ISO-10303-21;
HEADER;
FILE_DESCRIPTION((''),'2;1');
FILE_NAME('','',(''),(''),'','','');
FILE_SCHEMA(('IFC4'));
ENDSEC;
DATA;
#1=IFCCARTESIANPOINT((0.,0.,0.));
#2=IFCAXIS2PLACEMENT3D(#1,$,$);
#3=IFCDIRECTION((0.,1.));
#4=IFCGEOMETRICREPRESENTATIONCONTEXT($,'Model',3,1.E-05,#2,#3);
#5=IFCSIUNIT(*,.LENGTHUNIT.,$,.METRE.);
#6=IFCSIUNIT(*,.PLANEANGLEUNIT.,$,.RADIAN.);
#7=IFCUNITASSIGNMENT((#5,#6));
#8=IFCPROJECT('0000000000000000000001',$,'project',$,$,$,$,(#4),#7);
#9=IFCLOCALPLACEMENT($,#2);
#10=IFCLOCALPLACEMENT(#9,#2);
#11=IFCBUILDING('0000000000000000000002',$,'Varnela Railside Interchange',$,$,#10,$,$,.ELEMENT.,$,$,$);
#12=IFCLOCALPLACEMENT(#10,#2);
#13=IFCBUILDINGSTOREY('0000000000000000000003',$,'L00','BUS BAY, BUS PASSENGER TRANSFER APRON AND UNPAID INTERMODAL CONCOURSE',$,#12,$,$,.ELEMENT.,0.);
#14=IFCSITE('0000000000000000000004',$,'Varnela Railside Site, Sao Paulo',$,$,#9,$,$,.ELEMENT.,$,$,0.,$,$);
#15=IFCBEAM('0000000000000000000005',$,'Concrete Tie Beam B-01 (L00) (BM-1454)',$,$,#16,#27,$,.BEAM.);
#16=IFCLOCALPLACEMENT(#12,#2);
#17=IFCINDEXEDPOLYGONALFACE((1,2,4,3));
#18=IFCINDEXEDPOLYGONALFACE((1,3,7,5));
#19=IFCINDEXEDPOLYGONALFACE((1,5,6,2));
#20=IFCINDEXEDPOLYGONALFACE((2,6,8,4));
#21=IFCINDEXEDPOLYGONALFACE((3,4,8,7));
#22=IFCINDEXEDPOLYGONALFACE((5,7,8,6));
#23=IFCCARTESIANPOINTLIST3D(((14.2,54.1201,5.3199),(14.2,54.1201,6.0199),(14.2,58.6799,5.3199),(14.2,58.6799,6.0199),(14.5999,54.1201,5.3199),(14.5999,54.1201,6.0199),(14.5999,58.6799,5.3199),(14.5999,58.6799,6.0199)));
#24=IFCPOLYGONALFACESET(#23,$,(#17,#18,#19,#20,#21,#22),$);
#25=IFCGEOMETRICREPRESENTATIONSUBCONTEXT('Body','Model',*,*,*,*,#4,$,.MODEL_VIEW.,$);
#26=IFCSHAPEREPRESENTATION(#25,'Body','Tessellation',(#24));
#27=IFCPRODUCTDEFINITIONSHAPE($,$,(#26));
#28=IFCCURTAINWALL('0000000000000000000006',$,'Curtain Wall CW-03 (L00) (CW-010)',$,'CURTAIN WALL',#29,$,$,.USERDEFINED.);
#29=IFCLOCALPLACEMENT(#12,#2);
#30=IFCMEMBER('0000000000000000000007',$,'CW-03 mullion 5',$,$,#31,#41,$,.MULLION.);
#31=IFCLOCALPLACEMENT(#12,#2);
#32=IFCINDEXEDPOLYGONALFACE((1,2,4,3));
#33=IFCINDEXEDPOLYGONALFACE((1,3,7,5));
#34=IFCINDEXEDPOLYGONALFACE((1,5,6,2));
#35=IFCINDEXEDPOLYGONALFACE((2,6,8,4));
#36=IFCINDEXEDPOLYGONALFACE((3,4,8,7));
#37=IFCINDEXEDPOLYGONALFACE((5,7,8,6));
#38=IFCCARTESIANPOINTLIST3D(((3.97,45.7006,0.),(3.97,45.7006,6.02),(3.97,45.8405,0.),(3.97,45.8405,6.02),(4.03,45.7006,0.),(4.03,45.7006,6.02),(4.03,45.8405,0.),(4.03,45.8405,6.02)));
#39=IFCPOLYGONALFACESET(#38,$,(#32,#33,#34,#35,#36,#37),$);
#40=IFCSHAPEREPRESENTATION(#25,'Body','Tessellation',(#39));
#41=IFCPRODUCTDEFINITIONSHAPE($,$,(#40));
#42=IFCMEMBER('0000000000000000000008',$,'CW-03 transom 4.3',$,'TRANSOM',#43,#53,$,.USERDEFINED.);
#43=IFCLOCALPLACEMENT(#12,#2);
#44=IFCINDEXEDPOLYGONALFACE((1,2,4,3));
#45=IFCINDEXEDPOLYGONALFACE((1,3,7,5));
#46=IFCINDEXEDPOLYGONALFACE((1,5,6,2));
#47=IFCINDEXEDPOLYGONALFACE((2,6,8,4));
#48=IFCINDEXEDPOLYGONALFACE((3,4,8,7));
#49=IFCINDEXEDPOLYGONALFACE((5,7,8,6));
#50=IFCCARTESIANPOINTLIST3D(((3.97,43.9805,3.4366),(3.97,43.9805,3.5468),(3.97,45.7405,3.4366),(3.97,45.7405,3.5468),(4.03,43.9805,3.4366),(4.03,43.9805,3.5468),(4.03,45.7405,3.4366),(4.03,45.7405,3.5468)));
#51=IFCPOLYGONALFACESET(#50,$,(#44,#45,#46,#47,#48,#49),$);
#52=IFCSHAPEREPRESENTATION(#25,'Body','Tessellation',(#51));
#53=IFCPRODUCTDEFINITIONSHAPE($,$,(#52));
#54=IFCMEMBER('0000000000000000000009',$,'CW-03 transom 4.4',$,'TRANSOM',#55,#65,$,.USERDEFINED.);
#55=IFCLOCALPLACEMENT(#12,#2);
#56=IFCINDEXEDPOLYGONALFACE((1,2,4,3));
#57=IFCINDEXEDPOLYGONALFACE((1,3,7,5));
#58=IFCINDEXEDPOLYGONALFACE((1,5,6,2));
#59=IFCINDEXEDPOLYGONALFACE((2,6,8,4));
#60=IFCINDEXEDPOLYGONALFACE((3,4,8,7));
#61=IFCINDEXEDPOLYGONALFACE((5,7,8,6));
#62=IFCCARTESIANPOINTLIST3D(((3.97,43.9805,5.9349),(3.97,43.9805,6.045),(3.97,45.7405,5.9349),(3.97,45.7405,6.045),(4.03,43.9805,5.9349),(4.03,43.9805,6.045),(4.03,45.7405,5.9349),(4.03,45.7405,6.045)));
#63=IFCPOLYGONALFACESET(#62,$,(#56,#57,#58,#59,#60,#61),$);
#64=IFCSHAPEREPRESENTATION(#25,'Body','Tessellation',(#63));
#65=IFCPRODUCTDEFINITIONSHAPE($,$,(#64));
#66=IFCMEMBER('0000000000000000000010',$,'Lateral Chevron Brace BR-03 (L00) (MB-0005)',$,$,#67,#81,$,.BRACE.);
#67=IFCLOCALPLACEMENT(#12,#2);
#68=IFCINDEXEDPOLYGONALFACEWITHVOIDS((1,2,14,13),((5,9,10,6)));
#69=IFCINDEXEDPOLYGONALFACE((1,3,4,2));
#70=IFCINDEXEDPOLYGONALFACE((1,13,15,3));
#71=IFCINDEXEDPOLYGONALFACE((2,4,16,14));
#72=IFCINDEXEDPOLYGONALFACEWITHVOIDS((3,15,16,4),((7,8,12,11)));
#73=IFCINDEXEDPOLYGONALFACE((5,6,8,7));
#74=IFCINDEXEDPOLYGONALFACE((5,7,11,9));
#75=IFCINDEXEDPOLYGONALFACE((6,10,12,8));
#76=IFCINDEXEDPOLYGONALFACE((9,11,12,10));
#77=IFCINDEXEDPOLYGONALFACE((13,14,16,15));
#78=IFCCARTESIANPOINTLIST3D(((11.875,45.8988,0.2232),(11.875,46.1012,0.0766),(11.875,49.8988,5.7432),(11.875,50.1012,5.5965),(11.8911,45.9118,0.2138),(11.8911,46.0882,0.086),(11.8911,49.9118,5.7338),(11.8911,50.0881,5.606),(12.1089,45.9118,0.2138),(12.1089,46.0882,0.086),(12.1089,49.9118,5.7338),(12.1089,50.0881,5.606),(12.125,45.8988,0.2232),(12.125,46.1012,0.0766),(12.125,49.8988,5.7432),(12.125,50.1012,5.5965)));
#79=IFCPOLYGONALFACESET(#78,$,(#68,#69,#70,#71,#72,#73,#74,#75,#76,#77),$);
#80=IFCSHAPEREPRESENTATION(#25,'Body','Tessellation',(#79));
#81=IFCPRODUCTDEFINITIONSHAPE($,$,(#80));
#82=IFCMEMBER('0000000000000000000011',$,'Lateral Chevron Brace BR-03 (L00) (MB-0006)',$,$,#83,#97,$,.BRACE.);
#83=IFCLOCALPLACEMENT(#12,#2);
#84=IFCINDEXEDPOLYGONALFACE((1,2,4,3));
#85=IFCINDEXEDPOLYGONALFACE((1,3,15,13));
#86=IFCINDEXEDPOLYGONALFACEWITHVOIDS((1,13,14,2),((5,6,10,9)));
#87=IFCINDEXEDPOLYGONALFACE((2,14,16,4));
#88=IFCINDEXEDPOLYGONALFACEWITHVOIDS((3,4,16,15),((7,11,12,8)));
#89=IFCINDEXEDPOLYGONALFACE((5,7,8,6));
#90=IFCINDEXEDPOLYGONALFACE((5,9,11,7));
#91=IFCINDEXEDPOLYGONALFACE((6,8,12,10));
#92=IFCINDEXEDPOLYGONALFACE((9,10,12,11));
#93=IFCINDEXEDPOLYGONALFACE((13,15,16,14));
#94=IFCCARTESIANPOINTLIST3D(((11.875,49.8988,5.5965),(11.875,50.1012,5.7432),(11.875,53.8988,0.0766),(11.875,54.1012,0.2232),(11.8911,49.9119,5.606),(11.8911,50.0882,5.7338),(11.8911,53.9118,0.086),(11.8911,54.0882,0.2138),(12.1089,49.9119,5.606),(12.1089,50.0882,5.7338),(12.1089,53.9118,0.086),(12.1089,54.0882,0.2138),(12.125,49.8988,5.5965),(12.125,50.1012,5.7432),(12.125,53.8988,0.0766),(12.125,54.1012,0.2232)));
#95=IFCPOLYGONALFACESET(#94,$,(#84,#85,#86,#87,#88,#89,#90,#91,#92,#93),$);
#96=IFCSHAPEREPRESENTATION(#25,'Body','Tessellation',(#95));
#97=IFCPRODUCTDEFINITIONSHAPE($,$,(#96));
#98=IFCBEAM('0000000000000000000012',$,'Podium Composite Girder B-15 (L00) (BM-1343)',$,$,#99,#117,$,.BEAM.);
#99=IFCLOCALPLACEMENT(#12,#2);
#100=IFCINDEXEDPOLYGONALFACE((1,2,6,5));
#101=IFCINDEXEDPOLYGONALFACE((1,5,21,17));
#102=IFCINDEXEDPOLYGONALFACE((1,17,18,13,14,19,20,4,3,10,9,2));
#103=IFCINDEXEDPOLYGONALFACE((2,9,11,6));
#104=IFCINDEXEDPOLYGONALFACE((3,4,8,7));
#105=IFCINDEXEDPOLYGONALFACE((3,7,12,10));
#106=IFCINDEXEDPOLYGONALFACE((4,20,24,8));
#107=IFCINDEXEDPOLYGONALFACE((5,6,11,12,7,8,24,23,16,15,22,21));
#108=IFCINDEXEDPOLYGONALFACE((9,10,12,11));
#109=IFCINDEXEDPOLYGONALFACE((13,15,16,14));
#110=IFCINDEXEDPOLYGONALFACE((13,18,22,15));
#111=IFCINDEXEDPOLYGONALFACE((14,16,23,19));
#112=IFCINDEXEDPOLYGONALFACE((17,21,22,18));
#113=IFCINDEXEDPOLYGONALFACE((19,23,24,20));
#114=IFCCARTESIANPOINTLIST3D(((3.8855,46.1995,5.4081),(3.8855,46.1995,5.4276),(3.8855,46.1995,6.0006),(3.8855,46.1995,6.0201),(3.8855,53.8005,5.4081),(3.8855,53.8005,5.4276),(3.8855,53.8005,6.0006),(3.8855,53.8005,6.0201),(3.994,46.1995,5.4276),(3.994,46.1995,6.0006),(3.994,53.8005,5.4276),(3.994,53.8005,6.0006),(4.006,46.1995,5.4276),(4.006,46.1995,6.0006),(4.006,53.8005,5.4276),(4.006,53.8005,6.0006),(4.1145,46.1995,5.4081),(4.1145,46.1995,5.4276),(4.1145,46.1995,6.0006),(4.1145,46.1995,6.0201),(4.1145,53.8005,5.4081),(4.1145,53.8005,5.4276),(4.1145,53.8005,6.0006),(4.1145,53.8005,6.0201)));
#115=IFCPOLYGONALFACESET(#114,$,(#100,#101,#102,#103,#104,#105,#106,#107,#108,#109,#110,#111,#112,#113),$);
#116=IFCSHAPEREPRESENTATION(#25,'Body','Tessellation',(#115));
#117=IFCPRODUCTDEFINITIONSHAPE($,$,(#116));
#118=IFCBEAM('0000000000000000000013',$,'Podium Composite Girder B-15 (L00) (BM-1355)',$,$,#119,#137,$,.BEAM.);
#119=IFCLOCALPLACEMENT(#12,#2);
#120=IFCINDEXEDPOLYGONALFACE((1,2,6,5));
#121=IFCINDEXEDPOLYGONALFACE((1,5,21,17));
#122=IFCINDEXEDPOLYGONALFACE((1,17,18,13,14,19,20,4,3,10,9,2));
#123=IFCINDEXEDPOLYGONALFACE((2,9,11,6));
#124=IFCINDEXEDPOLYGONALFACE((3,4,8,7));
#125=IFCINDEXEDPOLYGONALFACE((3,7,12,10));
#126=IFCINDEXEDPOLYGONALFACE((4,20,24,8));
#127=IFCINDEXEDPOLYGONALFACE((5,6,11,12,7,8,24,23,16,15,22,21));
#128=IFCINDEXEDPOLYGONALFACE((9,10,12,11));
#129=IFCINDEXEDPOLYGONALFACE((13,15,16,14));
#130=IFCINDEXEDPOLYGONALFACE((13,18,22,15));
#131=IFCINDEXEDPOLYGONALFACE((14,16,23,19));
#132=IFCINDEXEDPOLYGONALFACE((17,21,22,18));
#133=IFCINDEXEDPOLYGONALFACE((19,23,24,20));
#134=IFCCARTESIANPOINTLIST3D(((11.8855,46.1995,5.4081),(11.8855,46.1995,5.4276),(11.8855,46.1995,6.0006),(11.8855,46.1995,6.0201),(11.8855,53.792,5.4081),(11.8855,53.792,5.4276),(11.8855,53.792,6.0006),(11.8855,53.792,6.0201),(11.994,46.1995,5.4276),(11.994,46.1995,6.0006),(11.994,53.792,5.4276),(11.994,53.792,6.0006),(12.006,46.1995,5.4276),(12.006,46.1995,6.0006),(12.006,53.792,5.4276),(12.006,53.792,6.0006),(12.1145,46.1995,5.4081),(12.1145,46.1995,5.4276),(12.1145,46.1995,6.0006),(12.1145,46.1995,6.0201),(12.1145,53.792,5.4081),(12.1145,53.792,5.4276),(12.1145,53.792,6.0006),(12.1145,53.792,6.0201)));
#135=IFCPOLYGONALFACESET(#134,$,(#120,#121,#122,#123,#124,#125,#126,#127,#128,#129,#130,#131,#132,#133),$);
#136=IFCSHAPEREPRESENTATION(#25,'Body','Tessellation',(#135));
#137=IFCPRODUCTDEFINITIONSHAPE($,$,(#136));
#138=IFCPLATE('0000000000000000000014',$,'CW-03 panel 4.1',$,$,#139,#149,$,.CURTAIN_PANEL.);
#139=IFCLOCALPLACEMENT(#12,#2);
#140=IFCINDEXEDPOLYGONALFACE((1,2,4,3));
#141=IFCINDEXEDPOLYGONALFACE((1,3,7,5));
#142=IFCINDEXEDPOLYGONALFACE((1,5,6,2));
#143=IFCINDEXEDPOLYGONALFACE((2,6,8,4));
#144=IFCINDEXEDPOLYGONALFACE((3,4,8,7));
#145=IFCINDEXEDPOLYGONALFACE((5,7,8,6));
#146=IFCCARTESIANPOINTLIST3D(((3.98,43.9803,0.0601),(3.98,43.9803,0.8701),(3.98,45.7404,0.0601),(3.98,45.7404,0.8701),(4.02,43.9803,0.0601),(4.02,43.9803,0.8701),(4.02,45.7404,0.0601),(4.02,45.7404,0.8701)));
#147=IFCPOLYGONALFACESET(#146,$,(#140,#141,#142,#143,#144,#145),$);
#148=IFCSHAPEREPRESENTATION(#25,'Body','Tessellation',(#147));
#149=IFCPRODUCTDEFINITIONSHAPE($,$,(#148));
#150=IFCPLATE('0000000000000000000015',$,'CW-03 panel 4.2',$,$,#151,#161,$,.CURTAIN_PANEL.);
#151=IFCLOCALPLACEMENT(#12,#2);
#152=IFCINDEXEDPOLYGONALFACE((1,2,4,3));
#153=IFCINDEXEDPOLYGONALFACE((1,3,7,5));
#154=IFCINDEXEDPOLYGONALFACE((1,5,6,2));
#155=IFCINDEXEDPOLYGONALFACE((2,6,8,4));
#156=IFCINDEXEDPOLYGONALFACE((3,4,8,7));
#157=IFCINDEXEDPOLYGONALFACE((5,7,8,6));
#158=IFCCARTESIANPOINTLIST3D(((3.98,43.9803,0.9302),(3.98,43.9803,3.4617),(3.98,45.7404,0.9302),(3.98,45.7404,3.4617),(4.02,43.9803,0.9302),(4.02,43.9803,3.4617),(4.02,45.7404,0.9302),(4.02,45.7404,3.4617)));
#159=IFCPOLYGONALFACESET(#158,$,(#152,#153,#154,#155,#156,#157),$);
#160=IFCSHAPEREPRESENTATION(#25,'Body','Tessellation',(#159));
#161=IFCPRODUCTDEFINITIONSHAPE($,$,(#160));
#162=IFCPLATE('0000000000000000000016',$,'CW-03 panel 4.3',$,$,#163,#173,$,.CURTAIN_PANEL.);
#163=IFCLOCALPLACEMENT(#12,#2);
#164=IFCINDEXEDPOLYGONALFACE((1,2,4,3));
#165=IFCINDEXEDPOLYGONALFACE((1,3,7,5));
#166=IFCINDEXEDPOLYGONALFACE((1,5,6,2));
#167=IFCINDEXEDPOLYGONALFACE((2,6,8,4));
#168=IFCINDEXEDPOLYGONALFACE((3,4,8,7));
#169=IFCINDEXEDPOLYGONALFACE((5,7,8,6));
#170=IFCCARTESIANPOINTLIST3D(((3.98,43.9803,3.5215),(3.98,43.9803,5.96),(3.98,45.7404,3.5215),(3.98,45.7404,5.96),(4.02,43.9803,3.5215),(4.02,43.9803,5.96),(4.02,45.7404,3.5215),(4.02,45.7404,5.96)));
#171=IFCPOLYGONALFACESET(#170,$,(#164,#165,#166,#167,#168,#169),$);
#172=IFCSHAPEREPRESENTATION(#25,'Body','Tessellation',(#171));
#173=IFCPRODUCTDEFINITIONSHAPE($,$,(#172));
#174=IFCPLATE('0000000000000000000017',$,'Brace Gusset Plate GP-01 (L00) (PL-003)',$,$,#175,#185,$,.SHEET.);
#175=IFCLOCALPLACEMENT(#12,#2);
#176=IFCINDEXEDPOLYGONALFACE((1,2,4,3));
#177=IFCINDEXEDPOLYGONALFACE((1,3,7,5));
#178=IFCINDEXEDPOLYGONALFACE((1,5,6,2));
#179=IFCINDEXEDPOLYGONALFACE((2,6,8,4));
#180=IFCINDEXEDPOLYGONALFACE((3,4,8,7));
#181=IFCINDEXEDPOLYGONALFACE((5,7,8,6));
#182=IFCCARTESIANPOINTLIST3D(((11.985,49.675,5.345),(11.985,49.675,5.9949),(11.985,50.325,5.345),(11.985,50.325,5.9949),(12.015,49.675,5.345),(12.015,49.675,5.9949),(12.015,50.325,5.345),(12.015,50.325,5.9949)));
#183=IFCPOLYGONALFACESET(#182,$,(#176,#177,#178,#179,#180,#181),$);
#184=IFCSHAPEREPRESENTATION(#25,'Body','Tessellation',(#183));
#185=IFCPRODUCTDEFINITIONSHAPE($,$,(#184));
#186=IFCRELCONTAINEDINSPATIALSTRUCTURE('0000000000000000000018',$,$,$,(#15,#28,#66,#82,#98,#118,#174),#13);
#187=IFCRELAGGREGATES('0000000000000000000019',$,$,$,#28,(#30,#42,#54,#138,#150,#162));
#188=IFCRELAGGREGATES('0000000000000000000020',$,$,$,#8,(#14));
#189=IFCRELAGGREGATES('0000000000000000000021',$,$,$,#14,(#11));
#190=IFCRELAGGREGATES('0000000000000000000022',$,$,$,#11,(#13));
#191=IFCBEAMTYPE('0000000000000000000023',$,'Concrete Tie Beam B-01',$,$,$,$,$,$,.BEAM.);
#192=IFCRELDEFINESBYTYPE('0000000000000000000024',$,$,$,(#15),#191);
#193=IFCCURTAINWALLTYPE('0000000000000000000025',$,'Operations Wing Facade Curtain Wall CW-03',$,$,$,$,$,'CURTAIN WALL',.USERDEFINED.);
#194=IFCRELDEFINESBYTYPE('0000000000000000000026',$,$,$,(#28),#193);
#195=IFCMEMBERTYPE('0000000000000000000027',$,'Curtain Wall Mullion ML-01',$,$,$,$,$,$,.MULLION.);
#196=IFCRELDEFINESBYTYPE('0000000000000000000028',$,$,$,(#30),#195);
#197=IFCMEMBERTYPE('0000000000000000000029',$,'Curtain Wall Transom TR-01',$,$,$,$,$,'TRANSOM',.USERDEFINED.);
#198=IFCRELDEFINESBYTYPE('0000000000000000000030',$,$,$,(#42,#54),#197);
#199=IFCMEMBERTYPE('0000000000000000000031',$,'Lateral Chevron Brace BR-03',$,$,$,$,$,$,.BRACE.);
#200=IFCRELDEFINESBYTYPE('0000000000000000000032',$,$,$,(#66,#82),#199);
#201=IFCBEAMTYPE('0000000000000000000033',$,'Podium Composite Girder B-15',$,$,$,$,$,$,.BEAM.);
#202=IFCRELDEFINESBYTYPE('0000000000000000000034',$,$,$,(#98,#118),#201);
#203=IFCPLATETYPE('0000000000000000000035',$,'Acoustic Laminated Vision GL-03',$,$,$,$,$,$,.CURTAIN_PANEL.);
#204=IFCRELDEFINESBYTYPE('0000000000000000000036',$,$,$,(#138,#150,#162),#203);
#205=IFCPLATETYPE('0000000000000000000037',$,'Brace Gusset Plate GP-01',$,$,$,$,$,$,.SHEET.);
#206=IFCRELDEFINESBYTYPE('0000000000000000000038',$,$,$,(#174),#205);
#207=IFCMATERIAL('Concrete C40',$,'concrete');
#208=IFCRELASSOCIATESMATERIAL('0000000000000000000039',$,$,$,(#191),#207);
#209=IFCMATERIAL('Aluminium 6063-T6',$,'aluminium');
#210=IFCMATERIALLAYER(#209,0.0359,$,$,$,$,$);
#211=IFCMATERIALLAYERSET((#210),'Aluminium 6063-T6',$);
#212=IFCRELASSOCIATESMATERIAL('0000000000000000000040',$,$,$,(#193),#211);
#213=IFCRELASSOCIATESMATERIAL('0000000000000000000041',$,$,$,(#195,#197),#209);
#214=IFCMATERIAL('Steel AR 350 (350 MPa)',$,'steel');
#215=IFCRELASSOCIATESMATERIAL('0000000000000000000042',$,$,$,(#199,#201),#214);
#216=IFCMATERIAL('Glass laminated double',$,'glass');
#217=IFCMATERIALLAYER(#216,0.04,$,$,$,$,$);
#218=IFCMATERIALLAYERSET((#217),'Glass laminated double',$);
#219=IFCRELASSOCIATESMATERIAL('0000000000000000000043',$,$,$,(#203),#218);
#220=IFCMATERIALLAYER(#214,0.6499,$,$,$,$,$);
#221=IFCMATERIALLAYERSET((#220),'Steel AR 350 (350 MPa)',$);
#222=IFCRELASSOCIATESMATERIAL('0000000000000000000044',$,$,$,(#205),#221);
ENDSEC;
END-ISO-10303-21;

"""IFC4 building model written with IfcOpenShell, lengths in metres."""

from ifc_helpers import new_model, si_unit, direction, frame, origin, origin_2d, place, context, subcontext, project, spatial, rectangle, hollow_rectangle, i_section, extrude, material, layer, layer_set, material_profile, profile_set, type_object, element, aggregate, save


model = new_model("IFC4")

# Units and contexts
model_context = context("Model", 3, precision=1e-05, world=origin(), true_north=direction((0.0, 1.0)))
body_context = subcontext(model_context, "Body", "Model", "MODEL_VIEW")
ifc_project = project(units=[si_unit("LENGTHUNIT", "METRE"), si_unit("PLANEANGLEUNIT", "RADIAN")], contexts=[model_context])

# Site, building, storey
site_placement = place(None, origin())
site = spatial("IfcSite", under=ifc_project, at=site_placement, Name="Varnela Railside Site, Sao Paulo", CompositionType="ELEMENT", RefElevation=0.0)
building_placement = place(site_placement, origin())
building = spatial("IfcBuilding", under=site, at=building_placement, Name="Varnela Railside Interchange", CompositionType="ELEMENT")
storey_placement = place(building_placement, origin())
storey = spatial("IfcBuildingStorey", under=building, at=storey_placement, Name="L00", Description="BUS BAY, BUS PASSENGER TRANSFER APRON AND UNPAID INTERMODAL CONCOURSE", CompositionType="ELEMENT", Elevation=0.0)

# Shared definitions
ifc_material_1 = material(Name="Steel AR 350 (350 MPa)", Category="steel")

# Beam
ifc_material_2 = material(Name="Concrete C40", Category="concrete")
ifc_material_profile_1 = material_profile(ifc_material_2, rectangle(XDim=0.3999, YDim=0.7, at=origin_2d()), Name="RC 400x700")
ifc_profile_set_1 = profile_set([ifc_material_profile_1], Name="Concrete C40")
beam_type_1 = type_object("IfcBeamType", Name="Concrete Tie Beam B-01", PredefinedType="BEAM", material=ifc_profile_set_1)
beam_1_placement = place(storey_placement, frame((14.3999, 54.1201, 5.6699), z_axis=(0.0, 1.0, 0.0), x_axis=(-1.0, 0.0, 0.0)))
element("IfcBeam", 1, at=beam_1_placement, inside=storey, type_object=beam_type_1, Name="Concrete Tie Beam B-01 (L00) (BM-1454)", PredefinedType="BEAM", context=body_context, shape_type="SweptSolid", body=[
    extrude(rectangle(XDim=0.3999, YDim=0.7, at=origin_2d()), origin(), (0.0, 0.0, 1.0), 4.5598),
])

# Curtain wall, members
ifc_material_3 = material(Name="Aluminium 6063-T6", Category="aluminium")
ifc_layer_1 = layer(ifc_material_3, 0.0359)
ifc_layer_set_1 = layer_set([ifc_layer_1], Name="Aluminium 6063-T6")
curtain_wall_type = type_object("IfcCurtainWallType", Name="Operations Wing Facade Curtain Wall CW-03", ElementType="CURTAIN WALL", PredefinedType="USERDEFINED", material=ifc_layer_set_1)
curtain_wall_placement = place(storey_placement, origin())
curtain_wall = element("IfcCurtainWall", 2, at=curtain_wall_placement, inside=storey, type_object=curtain_wall_type, Name="Curtain Wall CW-03 (L00) (CW-010)", ObjectType="CURTAIN WALL", PredefinedType="USERDEFINED")
ifc_material_profile_2 = material_profile(ifc_material_3, rectangle(XDim=0.0601, YDim=0.1399, at=origin_2d()), Name="ALU 60x140")
ifc_profile_set_2 = profile_set([ifc_material_profile_2], Name="Aluminium 6063-T6")
member_type_1 = type_object("IfcMemberType", Name="Curtain Wall Mullion ML-01", PredefinedType="MULLION", material=ifc_profile_set_2)
member_1_placement = place(storey_placement, frame((4.0, 45.7705, 0.0), z_axis=(0.0, 0.0, 1.0), x_axis=(-1.0, 0.0, 0.0)))
member_1 = element("IfcMember", 3, at=member_1_placement, type_object=member_type_1, Name="CW-03 mullion 5", PredefinedType="MULLION", context=body_context, shape_type="SweptSolid", body=[
    extrude(rectangle(XDim=0.0601, YDim=0.1399, at=origin_2d()), origin(), (0.0, 0.0, 1.0), 6.02),
])
ifc_material_profile_3 = material_profile(ifc_material_3, rectangle(XDim=0.0601, YDim=0.1101, at=origin_2d()), Name="ALU 60x110")
ifc_profile_set_3 = profile_set([ifc_material_profile_3], Name="Aluminium 6063-T6")
member_type_2 = type_object("IfcMemberType", Name="Curtain Wall Transom TR-01", ElementType="TRANSOM", PredefinedType="USERDEFINED", material=ifc_profile_set_3)
member_2_placement = place(storey_placement, frame((4.0, 43.9805, 3.4917), z_axis=(0.0, 1.0, 0.0), x_axis=(-1.0, 0.0, 0.0)))
member_2 = element("IfcMember", 4, at=member_2_placement, type_object=member_type_2, Name="CW-03 transom 4.3", ObjectType="TRANSOM", PredefinedType="USERDEFINED", context=body_context, shape_type="SweptSolid", body=[
    extrude(rectangle(XDim=0.0601, YDim=0.1101, at=origin_2d()), origin(), (0.0, 0.0, 1.0), 1.76),
])
member_3_placement = place(storey_placement, frame((4.0, 43.9805, 5.99), z_axis=(0.0, 1.0, 0.0), x_axis=(-1.0, 0.0, 0.0)))
member_3 = element("IfcMember", 5, at=member_3_placement, type_object=member_type_2, Name="CW-03 transom 4.4", ObjectType="TRANSOM", PredefinedType="USERDEFINED", context=body_context, shape_type="SweptSolid", body=[
    extrude(rectangle(XDim=0.0601, YDim=0.1101, at=origin_2d()), origin(), (0.0, 0.0, 1.0), 1.76),
])

# Members
ifc_material_profile_4 = material_profile(ifc_material_1, hollow_rectangle(XDim=0.25, YDim=0.25, WallThickness=0.0161, at=origin_2d()), Name="HSS 250x250x16")
ifc_profile_set_4 = profile_set([ifc_material_profile_4], Name="Steel AR 350 (350 MPa)")
member_type_3 = type_object("IfcMemberType", Name="Lateral Chevron Brace BR-03", PredefinedType="BRACE", material=ifc_profile_set_4)
for number, where, z_axis, x_axis, name in (
    (6, (12.0, 46.0, 0.1499), (0.0, 0.586774, 0.809751), (-1.0, 0.0, 0.0), "Lateral Chevron Brace BR-03 (L00) (MB-0005)"),
    (7, (12.0, 54.0, 0.1499), (0.0, -0.586774, 0.809751), (1.0, 0.0, 0.0), "Lateral Chevron Brace BR-03 (L00) (MB-0006)"),
):
    element("IfcMember", number, at=place(storey_placement, frame(where, z_axis=z_axis, x_axis=x_axis)), inside=storey, type_object=member_type_3, Name=name, PredefinedType="BRACE", context=body_context, shape_type="SweptSolid", body=[
        extrude(hollow_rectangle(XDim=0.25, YDim=0.25, WallThickness=0.0161, at=origin_2d()), origin(), (0.0, 0.0, 1.0), 6.8169),
    ])

# Beams
ifc_material_profile_5 = material_profile(ifc_material_1, i_section(OverallWidth=0.229, OverallDepth=0.6121, WebThickness=0.012, FlangeThickness=0.0195, at=origin_2d()), Name="W610x125")
ifc_profile_set_5 = profile_set([ifc_material_profile_5], Name="Steel AR 350 (350 MPa)")
beam_type_2 = type_object("IfcBeamType", Name="Podium Composite Girder B-15", PredefinedType="BEAM", material=ifc_profile_set_5)
beam_2_placement = place(storey_placement, frame((4.0, 46.1995, 5.7141), z_axis=(0.0, 1.0, 0.0), x_axis=(-1.0, 0.0, 0.0)))
element("IfcBeam", 8, at=beam_2_placement, inside=storey, type_object=beam_type_2, Name="Podium Composite Girder B-15 (L00) (BM-1343)", PredefinedType="BEAM", context=body_context, shape_type="SweptSolid", body=[
    extrude(i_section(OverallWidth=0.229, OverallDepth=0.6121, WebThickness=0.012, FlangeThickness=0.0195, at=origin_2d()), origin(), (0.0, 0.0, 1.0), 7.6011),
])
beam_3_placement = place(storey_placement, frame((12.0, 46.1995, 5.7141), z_axis=(0.0, 1.0, 0.0), x_axis=(-1.0, 0.0, 0.0)))
element("IfcBeam", 9, at=beam_3_placement, inside=storey, type_object=beam_type_2, Name="Podium Composite Girder B-15 (L00) (BM-1355)", PredefinedType="BEAM", context=body_context, shape_type="SweptSolid", body=[
    extrude(i_section(OverallWidth=0.229, OverallDepth=0.6121, WebThickness=0.012, FlangeThickness=0.0195, at=origin_2d()), origin(), (0.0, 0.0, 1.0), 7.5925),
])

# Plates
ifc_material_4 = material(Name="Glass laminated double", Category="glass")
ifc_layer_2 = layer(ifc_material_4, 0.04)
ifc_layer_set_2 = layer_set([ifc_layer_2], Name="Glass laminated double")
plate_type_1 = type_object("IfcPlateType", Name="Acoustic Laminated Vision GL-03", PredefinedType="CURTAIN_PANEL", material=ifc_layer_set_2)
plate_1_placement = place(storey_placement, frame((4.0, 44.8604, 0.0601), z_axis=(0.0, 0.0, 1.0), x_axis=(0.0, 1.0, 0.0)))
plate_1 = element("IfcPlate", 10, at=plate_1_placement, type_object=plate_type_1, Name="CW-03 panel 4.1", PredefinedType="CURTAIN_PANEL", context=body_context, shape_type="SweptSolid", body=[
    extrude(rectangle(XDim=1.76, YDim=0.04, at=origin_2d()), origin(), (0.0, 0.0, 1.0), 0.8101),
])
plate_2_placement = place(storey_placement, frame((4.0, 44.8604, 0.9302), z_axis=(0.0, 0.0, 1.0), x_axis=(0.0, 1.0, 0.0)))
plate_2 = element("IfcPlate", 11, at=plate_2_placement, type_object=plate_type_1, Name="CW-03 panel 4.2", PredefinedType="CURTAIN_PANEL", context=body_context, shape_type="SweptSolid", body=[
    extrude(rectangle(XDim=1.76, YDim=0.04, at=origin_2d()), origin(), (0.0, 0.0, 1.0), 2.5315),
])
plate_3_placement = place(storey_placement, frame((4.0, 44.8604, 3.5215), z_axis=(0.0, 0.0, 1.0), x_axis=(0.0, 1.0, 0.0)))
plate_3 = element("IfcPlate", 12, at=plate_3_placement, type_object=plate_type_1, Name="CW-03 panel 4.3", PredefinedType="CURTAIN_PANEL", context=body_context, shape_type="SweptSolid", body=[
    extrude(rectangle(XDim=1.76, YDim=0.04, at=origin_2d()), origin(), (0.0, 0.0, 1.0), 2.4385),
])
aggregate(curtain_wall, [member_1, member_2, member_3, plate_1, plate_2, plate_3])
ifc_layer_3 = layer(ifc_material_1, 0.6499)
ifc_layer_set_3 = layer_set([ifc_layer_3], Name="Steel AR 350 (350 MPa)")
plate_type_2 = type_object("IfcPlateType", Name="Brace Gusset Plate GP-01", PredefinedType="SHEET", material=ifc_layer_set_3)
plate_4_placement = place(storey_placement, frame((12.0, 50.0, 5.345), z_axis=(0.0, 0.0, 1.0), x_axis=(0.0, 1.0, 0.0)))
element("IfcPlate", 13, at=plate_4_placement, inside=storey, type_object=plate_type_2, Name="Brace Gusset Plate GP-01 (L00) (PL-003)", PredefinedType="SHEET", context=body_context, shape_type="SweptSolid", body=[
    extrude(rectangle(XDim=0.6499, YDim=0.03, at=origin_2d()), origin(), (0.0, 0.0, 1.0), 0.6499),
])

save(model, "model.ifc")
